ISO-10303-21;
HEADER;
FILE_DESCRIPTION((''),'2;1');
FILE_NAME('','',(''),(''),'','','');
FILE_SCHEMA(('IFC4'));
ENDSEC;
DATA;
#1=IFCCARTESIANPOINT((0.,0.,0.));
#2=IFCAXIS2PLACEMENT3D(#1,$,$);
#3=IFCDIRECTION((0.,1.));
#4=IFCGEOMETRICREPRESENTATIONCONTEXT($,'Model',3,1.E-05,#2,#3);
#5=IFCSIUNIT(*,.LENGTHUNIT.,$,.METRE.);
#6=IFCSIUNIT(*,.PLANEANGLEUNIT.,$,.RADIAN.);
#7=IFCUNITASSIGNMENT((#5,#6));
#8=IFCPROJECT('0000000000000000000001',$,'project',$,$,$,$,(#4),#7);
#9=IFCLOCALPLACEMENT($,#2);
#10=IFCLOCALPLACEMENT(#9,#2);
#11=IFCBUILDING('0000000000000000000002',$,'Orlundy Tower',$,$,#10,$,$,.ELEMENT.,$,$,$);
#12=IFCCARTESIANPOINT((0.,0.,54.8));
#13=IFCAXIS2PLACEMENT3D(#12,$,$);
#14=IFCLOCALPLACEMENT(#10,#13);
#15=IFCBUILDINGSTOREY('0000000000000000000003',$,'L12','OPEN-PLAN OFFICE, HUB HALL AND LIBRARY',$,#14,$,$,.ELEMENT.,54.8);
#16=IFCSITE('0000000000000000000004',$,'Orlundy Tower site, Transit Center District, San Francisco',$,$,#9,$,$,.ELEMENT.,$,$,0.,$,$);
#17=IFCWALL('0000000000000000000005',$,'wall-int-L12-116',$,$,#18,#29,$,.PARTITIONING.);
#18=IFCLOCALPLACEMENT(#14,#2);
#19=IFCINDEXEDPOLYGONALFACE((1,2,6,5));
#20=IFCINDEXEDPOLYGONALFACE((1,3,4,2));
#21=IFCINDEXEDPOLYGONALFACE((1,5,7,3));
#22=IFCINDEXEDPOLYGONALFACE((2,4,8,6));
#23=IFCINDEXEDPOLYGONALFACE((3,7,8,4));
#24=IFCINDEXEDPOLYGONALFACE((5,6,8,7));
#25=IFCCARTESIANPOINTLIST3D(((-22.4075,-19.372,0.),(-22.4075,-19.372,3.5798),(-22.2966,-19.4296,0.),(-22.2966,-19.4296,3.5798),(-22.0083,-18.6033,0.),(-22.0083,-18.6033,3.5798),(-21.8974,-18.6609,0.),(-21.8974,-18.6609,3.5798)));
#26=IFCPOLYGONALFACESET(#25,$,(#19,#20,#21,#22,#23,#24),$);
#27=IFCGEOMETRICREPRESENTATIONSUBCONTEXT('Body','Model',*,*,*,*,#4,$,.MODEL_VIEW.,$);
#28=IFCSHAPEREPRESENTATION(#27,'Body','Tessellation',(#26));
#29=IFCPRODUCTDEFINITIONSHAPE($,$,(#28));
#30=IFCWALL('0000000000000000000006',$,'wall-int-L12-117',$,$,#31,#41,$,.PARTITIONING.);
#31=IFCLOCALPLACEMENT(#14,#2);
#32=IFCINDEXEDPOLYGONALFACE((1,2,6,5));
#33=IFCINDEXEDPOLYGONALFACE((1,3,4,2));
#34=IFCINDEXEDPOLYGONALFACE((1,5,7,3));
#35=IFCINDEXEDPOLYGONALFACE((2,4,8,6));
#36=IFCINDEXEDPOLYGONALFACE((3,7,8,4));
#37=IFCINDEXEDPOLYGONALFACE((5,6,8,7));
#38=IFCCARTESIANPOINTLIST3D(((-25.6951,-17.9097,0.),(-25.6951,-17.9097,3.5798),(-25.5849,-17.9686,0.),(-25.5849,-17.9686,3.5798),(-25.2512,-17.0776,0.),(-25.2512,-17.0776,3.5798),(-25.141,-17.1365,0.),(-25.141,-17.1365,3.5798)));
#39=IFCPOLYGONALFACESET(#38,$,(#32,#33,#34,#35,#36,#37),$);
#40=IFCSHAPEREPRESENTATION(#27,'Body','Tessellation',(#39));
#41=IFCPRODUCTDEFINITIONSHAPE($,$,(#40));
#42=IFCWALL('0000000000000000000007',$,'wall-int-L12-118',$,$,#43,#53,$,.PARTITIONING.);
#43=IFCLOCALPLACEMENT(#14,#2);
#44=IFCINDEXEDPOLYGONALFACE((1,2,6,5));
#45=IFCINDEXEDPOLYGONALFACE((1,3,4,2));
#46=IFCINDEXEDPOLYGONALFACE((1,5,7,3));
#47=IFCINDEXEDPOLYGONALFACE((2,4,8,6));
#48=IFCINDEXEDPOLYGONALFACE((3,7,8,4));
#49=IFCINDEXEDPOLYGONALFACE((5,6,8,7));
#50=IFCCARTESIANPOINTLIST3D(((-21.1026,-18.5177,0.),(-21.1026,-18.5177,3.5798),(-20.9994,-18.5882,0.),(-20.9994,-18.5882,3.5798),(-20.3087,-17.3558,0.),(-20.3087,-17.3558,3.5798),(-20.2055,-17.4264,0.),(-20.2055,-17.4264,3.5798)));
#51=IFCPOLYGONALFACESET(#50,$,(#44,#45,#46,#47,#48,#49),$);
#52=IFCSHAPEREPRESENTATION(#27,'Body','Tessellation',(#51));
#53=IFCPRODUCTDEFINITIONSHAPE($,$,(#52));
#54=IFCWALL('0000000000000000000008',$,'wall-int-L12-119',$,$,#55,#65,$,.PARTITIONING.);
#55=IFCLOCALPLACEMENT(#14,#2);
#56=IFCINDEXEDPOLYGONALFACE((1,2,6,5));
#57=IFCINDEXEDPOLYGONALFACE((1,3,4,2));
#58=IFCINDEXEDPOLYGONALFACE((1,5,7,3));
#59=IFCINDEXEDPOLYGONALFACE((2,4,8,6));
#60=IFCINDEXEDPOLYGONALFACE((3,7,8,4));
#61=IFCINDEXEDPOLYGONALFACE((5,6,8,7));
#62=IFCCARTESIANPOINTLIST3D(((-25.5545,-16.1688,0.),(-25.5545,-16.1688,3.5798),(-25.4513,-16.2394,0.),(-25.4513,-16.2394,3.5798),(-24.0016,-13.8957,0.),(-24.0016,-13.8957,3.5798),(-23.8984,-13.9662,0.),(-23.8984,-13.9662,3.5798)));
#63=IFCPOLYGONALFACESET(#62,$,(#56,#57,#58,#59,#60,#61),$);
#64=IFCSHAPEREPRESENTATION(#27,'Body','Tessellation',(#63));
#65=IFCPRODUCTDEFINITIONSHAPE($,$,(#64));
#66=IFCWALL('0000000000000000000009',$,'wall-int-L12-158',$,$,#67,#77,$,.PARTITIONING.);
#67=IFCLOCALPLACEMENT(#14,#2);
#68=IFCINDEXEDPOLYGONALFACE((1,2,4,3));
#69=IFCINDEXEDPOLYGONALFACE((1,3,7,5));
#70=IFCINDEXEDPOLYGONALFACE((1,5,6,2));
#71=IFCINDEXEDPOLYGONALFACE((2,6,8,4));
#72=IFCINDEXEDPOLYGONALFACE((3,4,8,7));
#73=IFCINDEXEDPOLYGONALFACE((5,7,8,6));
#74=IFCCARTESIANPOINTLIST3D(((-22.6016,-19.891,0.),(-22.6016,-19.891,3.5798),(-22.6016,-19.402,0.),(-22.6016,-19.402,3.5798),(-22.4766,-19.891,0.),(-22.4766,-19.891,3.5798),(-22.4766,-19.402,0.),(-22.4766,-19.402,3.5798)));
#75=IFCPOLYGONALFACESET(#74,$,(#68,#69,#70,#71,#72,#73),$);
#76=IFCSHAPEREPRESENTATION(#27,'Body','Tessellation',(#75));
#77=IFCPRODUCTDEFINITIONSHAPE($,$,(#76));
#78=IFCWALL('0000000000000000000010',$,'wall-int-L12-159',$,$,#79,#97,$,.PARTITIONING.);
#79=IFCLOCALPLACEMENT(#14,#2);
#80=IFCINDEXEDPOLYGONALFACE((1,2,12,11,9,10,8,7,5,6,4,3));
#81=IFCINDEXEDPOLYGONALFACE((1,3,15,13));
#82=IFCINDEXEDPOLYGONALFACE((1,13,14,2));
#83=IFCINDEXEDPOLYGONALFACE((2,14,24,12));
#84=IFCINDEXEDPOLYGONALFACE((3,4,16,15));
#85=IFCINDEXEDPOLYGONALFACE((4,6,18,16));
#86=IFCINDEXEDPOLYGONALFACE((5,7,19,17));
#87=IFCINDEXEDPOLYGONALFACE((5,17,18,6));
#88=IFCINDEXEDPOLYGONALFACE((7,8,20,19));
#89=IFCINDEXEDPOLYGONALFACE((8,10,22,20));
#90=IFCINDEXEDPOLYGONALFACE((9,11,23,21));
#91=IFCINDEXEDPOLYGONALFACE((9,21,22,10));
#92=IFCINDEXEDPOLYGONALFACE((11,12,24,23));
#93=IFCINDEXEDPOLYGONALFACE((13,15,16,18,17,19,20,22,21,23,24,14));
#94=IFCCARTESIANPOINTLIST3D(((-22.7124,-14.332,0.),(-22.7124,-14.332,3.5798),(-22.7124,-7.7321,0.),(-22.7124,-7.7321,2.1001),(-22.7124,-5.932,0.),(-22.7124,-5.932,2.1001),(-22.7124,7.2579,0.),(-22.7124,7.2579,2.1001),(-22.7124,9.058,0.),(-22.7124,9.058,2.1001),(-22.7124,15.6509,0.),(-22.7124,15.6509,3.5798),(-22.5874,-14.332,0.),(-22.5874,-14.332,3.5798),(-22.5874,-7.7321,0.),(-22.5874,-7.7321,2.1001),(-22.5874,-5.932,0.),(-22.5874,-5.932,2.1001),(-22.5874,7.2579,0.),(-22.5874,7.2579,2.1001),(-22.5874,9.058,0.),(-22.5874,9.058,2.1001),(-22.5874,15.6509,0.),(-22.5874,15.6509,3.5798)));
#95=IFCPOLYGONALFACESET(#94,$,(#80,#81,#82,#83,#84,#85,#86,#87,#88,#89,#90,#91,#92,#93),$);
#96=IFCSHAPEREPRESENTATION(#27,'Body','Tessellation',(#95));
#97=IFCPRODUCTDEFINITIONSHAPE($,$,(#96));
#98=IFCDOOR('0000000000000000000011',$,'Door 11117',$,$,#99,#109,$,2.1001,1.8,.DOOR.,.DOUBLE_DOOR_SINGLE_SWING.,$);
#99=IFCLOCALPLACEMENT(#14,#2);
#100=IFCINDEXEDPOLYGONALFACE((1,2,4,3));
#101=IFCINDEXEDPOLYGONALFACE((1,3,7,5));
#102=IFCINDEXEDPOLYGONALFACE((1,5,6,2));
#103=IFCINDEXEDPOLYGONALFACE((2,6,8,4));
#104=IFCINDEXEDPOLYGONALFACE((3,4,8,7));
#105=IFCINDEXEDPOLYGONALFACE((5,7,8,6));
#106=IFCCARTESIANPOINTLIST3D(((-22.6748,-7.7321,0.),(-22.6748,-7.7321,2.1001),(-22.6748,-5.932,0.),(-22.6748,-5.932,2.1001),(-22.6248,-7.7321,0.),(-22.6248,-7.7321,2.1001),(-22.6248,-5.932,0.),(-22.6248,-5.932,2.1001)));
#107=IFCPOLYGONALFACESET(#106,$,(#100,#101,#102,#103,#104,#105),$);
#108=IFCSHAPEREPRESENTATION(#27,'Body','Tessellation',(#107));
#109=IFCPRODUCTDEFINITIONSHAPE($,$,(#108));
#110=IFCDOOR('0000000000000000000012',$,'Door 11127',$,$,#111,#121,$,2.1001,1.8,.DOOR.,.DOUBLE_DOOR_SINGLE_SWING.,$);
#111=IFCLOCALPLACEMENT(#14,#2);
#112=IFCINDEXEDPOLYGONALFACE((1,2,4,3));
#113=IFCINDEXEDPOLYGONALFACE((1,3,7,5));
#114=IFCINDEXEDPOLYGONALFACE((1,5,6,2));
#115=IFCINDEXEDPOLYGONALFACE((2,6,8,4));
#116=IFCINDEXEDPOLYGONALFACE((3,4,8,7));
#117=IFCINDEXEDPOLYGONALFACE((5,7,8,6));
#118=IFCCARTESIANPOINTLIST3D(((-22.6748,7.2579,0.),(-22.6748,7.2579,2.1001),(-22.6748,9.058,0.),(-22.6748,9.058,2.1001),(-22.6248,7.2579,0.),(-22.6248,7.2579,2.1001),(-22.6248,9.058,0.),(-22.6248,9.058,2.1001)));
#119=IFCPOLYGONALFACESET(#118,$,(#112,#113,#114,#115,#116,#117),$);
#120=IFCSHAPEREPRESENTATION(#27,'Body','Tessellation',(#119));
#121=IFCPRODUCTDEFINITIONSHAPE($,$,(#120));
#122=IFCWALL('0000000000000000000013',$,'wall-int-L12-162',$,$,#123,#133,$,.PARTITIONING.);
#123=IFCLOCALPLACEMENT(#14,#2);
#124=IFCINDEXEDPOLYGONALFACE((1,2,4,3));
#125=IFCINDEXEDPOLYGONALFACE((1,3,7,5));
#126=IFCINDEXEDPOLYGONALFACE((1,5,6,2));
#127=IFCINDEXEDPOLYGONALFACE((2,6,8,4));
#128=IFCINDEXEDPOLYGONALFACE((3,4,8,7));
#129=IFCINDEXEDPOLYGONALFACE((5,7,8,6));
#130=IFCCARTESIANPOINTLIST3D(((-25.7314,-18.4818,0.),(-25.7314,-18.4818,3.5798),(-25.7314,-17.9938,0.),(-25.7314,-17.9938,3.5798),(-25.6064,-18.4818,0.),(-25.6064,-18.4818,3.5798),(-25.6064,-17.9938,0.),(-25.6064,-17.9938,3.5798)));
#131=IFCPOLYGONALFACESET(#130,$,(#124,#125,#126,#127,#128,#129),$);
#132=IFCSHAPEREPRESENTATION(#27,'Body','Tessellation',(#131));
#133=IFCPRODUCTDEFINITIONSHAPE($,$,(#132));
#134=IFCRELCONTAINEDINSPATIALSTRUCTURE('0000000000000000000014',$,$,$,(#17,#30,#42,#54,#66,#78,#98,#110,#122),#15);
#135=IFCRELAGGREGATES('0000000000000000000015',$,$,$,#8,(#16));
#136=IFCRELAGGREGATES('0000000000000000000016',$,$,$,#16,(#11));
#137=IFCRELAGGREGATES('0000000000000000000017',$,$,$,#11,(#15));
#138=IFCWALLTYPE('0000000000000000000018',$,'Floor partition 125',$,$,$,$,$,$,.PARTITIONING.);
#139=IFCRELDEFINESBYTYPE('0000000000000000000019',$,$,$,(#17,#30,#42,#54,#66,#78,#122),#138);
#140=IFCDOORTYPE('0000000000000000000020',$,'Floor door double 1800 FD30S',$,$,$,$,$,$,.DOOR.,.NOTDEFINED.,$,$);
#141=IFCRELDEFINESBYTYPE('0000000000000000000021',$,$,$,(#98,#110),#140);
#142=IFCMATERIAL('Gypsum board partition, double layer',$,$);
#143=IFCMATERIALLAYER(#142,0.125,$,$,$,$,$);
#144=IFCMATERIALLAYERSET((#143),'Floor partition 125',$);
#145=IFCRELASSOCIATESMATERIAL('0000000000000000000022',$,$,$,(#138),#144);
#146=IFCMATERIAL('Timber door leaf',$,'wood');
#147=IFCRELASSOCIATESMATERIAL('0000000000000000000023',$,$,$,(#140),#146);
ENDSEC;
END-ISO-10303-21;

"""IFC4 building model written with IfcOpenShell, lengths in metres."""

from ifc_helpers import new_model, si_unit, direction, frame, frame_2d, origin, place, context, subcontext, project, spatial, rectangle, extrude, material, layer, layer_set, type_object, element, fill, save


model = new_model("IFC4")

# Units and contexts
model_context = context("Model", 3, precision=1e-05, world=origin(), true_north=direction((0.0, 1.0)))
body_context = subcontext(model_context, "Body", "Model", "MODEL_VIEW")
ifc_project = project(units=[si_unit("LENGTHUNIT", "METRE"), si_unit("PLANEANGLEUNIT", "RADIAN")], contexts=[model_context])

# Site, building, storey
site_placement = place(None, origin())
site = spatial("IfcSite", under=ifc_project, at=site_placement, Name="Orlundy Tower site, Transit Center District, San Francisco", CompositionType="ELEMENT", RefElevation=0.0)
building_placement = place(site_placement, origin())
building = spatial("IfcBuilding", under=site, at=building_placement, Name="Orlundy Tower", CompositionType="ELEMENT")
storey_placement = place(building_placement, frame((0.0, 0.0, 54.8)))
storey = spatial("IfcBuildingStorey", under=building, at=storey_placement, Name="L12", Description="OPEN-PLAN OFFICE, HUB HALL AND LIBRARY", CompositionType="ELEMENT", Elevation=54.8)

# Walls
ifc_material_1 = material(Name="Gypsum board partition, double layer")
ifc_layer_1 = layer(ifc_material_1, 0.125)
ifc_layer_set_1 = layer_set([ifc_layer_1], Name="Floor partition 125")
wall_type_1 = type_object("IfcWallType", Name="Floor partition 125", PredefinedType="PARTITIONING", material=ifc_layer_set_1)
wall_1_placement = place(storey_placement, frame((-21.9529, -18.6321, 0.0), z_axis=(0.0, 0.0, 1.0), x_axis=(-0.460802, -0.887503, 0.0)))
element("IfcWall", 1, at=wall_1_placement, inside=storey, type_object=wall_type_1, Name="wall-int-L12-116", PredefinedType="PARTITIONING", context=body_context, shape_type="SweptSolid", body=[
    extrude(rectangle(XDim=0.8662, YDim=0.125, at=frame_2d((0.4331, 0.0))), origin(), (0.0, 0.0, 1.0), 3.5798),
])
wall_2_placement = place(storey_placement, frame((-25.196, -17.1069, 0.0), z_axis=(0.0, 0.0, 1.0), x_axis=(-0.470669, -0.88231, 0.0)))
element("IfcWall", 2, at=wall_2_placement, inside=storey, type_object=wall_type_1, Name="wall-int-L12-117", PredefinedType="PARTITIONING", context=body_context, shape_type="SweptSolid", body=[
    extrude(rectangle(XDim=0.9431, YDim=0.125, at=frame_2d((0.4717, 0.0))), origin(), (0.0, 0.0, 1.0), 3.5798),
])
wall_3_placement = place(storey_placement, frame((-21.051, -18.553, 0.0), z_axis=(0.0, 0.0, 1.0), x_axis=(0.564192, 0.825643, 0.0)))
element("IfcWall", 3, at=wall_3_placement, inside=storey, type_object=wall_type_1, Name="wall-int-L12-118", PredefinedType="PARTITIONING", context=body_context, shape_type="SweptSolid", body=[
    extrude(rectangle(XDim=1.4072, YDim=0.125, at=frame_2d((0.7036, 0.0))), origin(), (0.0, 0.0, 1.0), 3.5798),
])
wall_4_placement = place(storey_placement, frame((-25.5029, -16.2041, 0.0), z_axis=(0.0, 0.0, 1.0), x_axis=(0.564099, 0.825707, 0.0)))
element("IfcWall", 4, at=wall_4_placement, inside=storey, type_object=wall_type_1, Name="wall-int-L12-119", PredefinedType="PARTITIONING", context=body_context, shape_type="SweptSolid", body=[
    extrude(rectangle(XDim=2.7529, YDim=0.125, at=frame_2d((1.3765, 0.0))), origin(), (0.0, 0.0, 1.0), 3.5798),
])
wall_5_placement = place(storey_placement, frame((-22.5391, -19.8911, 0.0), z_axis=(0.0, 0.0, 1.0), x_axis=(0.0, 1.0, 0.0)))
element("IfcWall", 5, at=wall_5_placement, inside=storey, type_object=wall_type_1, Name="wall-int-L12-158", PredefinedType="PARTITIONING", context=body_context, shape_type="SweptSolid", body=[
    extrude(rectangle(XDim=0.489, YDim=0.125, at=frame_2d((0.2446, 0.0))), origin(), (0.0, 0.0, 1.0), 3.5798),
])

# Wall, openings, doors
wall_6_placement = place(storey_placement, frame((-22.6499, -14.332, 0.0), z_axis=(0.0, 0.0, 1.0), x_axis=(0.0, 1.0, 0.0)))
wall_6 = element("IfcWall", 6, at=wall_6_placement, inside=storey, type_object=wall_type_1, Name="wall-int-L12-159", PredefinedType="PARTITIONING", context=body_context, shape_type="SweptSolid", body=[
    extrude(rectangle(XDim=29.9829, YDim=0.125, at=frame_2d((14.9915, 0.0))), origin(), (0.0, 0.0, 1.0), 3.5798),
])
opening_1_placement = place(wall_6_placement, frame((6.6001, 0.0, 0.0)))
opening_1 = element("IfcOpeningElement", 7, at=opening_1_placement, cuts=wall_6, PredefinedType="OPENING", context=body_context, shape_type="SweptSolid", body=[
    extrude(rectangle(XDim=1.8, YDim=2.1001, at=frame_2d((0.8999, 1.05))), frame((0.0, 0.0725, 0.0), z_axis=(0.0, -1.0, 0.0), x_axis=(1.0, 0.0, 0.0)), (0.0, 0.0, 1.0), 0.145),
])
opening_2_placement = place(wall_6_placement, frame((21.5901, 0.0, 0.0)))
opening_2 = element("IfcOpeningElement", 8, at=opening_2_placement, cuts=wall_6, PredefinedType="OPENING", context=body_context, shape_type="SweptSolid", body=[
    extrude(rectangle(XDim=1.8, YDim=2.1001, at=frame_2d((0.8999, 1.05))), frame((0.0, 0.0725, 0.0), z_axis=(0.0, -1.0, 0.0), x_axis=(1.0, 0.0, 0.0)), (0.0, 0.0, 1.0), 0.145),
])
ifc_material_2 = material(Name="Timber door leaf", Category="wood")
door_type_1 = type_object("IfcDoorType", Name="Floor door double 1800 FD30S", OperationType="NOTDEFINED", PredefinedType="DOOR", material=ifc_material_2)
door_1_placement = place(opening_1_placement, origin())
door_1 = element("IfcDoor", 9, at=door_1_placement, inside=storey, type_object=door_type_1, Name="Door 11117", OperationType="DOUBLE_DOOR_SINGLE_SWING", OverallHeight=2.1001, OverallWidth=1.8, PredefinedType="DOOR", context=body_context, shape_type="SweptSolid", body=[
    extrude(rectangle(XDim=1.8, YDim=2.1001, at=frame_2d((0.8999, 1.05))), frame((0.0, 0.0249, 0.0), z_axis=(0.0, -1.0, 0.0), x_axis=(1.0, 0.0, 0.0)), (0.0, 0.0, 1.0), 0.05),
])
fill(opening_1, door_1)
door_2_placement = place(opening_2_placement, origin())
door_2 = element("IfcDoor", 10, at=door_2_placement, inside=storey, type_object=door_type_1, Name="Door 11127", OperationType="DOUBLE_DOOR_SINGLE_SWING", OverallHeight=2.1001, OverallWidth=1.8, PredefinedType="DOOR", context=body_context, shape_type="SweptSolid", body=[
    extrude(rectangle(XDim=1.8, YDim=2.1001, at=frame_2d((0.8999, 1.05))), frame((0.0, 0.0249, 0.0), z_axis=(0.0, -1.0, 0.0), x_axis=(1.0, 0.0, 0.0)), (0.0, 0.0, 1.0), 0.05),
])
fill(opening_2, door_2)

# Wall
wall_7_placement = place(storey_placement, frame((-25.6689, -18.4819, 0.0), z_axis=(0.0, 0.0, 1.0), x_axis=(0.0, 1.0, 0.0)))
element("IfcWall", 11, at=wall_7_placement, inside=storey, type_object=wall_type_1, Name="wall-int-L12-162", PredefinedType="PARTITIONING", context=body_context, shape_type="SweptSolid", body=[
    extrude(rectangle(XDim=0.488, YDim=0.125, at=frame_2d((0.2441, 0.0))), origin(), (0.0, 0.0, 1.0), 3.5798),
])

save(model, "model.ifc")
